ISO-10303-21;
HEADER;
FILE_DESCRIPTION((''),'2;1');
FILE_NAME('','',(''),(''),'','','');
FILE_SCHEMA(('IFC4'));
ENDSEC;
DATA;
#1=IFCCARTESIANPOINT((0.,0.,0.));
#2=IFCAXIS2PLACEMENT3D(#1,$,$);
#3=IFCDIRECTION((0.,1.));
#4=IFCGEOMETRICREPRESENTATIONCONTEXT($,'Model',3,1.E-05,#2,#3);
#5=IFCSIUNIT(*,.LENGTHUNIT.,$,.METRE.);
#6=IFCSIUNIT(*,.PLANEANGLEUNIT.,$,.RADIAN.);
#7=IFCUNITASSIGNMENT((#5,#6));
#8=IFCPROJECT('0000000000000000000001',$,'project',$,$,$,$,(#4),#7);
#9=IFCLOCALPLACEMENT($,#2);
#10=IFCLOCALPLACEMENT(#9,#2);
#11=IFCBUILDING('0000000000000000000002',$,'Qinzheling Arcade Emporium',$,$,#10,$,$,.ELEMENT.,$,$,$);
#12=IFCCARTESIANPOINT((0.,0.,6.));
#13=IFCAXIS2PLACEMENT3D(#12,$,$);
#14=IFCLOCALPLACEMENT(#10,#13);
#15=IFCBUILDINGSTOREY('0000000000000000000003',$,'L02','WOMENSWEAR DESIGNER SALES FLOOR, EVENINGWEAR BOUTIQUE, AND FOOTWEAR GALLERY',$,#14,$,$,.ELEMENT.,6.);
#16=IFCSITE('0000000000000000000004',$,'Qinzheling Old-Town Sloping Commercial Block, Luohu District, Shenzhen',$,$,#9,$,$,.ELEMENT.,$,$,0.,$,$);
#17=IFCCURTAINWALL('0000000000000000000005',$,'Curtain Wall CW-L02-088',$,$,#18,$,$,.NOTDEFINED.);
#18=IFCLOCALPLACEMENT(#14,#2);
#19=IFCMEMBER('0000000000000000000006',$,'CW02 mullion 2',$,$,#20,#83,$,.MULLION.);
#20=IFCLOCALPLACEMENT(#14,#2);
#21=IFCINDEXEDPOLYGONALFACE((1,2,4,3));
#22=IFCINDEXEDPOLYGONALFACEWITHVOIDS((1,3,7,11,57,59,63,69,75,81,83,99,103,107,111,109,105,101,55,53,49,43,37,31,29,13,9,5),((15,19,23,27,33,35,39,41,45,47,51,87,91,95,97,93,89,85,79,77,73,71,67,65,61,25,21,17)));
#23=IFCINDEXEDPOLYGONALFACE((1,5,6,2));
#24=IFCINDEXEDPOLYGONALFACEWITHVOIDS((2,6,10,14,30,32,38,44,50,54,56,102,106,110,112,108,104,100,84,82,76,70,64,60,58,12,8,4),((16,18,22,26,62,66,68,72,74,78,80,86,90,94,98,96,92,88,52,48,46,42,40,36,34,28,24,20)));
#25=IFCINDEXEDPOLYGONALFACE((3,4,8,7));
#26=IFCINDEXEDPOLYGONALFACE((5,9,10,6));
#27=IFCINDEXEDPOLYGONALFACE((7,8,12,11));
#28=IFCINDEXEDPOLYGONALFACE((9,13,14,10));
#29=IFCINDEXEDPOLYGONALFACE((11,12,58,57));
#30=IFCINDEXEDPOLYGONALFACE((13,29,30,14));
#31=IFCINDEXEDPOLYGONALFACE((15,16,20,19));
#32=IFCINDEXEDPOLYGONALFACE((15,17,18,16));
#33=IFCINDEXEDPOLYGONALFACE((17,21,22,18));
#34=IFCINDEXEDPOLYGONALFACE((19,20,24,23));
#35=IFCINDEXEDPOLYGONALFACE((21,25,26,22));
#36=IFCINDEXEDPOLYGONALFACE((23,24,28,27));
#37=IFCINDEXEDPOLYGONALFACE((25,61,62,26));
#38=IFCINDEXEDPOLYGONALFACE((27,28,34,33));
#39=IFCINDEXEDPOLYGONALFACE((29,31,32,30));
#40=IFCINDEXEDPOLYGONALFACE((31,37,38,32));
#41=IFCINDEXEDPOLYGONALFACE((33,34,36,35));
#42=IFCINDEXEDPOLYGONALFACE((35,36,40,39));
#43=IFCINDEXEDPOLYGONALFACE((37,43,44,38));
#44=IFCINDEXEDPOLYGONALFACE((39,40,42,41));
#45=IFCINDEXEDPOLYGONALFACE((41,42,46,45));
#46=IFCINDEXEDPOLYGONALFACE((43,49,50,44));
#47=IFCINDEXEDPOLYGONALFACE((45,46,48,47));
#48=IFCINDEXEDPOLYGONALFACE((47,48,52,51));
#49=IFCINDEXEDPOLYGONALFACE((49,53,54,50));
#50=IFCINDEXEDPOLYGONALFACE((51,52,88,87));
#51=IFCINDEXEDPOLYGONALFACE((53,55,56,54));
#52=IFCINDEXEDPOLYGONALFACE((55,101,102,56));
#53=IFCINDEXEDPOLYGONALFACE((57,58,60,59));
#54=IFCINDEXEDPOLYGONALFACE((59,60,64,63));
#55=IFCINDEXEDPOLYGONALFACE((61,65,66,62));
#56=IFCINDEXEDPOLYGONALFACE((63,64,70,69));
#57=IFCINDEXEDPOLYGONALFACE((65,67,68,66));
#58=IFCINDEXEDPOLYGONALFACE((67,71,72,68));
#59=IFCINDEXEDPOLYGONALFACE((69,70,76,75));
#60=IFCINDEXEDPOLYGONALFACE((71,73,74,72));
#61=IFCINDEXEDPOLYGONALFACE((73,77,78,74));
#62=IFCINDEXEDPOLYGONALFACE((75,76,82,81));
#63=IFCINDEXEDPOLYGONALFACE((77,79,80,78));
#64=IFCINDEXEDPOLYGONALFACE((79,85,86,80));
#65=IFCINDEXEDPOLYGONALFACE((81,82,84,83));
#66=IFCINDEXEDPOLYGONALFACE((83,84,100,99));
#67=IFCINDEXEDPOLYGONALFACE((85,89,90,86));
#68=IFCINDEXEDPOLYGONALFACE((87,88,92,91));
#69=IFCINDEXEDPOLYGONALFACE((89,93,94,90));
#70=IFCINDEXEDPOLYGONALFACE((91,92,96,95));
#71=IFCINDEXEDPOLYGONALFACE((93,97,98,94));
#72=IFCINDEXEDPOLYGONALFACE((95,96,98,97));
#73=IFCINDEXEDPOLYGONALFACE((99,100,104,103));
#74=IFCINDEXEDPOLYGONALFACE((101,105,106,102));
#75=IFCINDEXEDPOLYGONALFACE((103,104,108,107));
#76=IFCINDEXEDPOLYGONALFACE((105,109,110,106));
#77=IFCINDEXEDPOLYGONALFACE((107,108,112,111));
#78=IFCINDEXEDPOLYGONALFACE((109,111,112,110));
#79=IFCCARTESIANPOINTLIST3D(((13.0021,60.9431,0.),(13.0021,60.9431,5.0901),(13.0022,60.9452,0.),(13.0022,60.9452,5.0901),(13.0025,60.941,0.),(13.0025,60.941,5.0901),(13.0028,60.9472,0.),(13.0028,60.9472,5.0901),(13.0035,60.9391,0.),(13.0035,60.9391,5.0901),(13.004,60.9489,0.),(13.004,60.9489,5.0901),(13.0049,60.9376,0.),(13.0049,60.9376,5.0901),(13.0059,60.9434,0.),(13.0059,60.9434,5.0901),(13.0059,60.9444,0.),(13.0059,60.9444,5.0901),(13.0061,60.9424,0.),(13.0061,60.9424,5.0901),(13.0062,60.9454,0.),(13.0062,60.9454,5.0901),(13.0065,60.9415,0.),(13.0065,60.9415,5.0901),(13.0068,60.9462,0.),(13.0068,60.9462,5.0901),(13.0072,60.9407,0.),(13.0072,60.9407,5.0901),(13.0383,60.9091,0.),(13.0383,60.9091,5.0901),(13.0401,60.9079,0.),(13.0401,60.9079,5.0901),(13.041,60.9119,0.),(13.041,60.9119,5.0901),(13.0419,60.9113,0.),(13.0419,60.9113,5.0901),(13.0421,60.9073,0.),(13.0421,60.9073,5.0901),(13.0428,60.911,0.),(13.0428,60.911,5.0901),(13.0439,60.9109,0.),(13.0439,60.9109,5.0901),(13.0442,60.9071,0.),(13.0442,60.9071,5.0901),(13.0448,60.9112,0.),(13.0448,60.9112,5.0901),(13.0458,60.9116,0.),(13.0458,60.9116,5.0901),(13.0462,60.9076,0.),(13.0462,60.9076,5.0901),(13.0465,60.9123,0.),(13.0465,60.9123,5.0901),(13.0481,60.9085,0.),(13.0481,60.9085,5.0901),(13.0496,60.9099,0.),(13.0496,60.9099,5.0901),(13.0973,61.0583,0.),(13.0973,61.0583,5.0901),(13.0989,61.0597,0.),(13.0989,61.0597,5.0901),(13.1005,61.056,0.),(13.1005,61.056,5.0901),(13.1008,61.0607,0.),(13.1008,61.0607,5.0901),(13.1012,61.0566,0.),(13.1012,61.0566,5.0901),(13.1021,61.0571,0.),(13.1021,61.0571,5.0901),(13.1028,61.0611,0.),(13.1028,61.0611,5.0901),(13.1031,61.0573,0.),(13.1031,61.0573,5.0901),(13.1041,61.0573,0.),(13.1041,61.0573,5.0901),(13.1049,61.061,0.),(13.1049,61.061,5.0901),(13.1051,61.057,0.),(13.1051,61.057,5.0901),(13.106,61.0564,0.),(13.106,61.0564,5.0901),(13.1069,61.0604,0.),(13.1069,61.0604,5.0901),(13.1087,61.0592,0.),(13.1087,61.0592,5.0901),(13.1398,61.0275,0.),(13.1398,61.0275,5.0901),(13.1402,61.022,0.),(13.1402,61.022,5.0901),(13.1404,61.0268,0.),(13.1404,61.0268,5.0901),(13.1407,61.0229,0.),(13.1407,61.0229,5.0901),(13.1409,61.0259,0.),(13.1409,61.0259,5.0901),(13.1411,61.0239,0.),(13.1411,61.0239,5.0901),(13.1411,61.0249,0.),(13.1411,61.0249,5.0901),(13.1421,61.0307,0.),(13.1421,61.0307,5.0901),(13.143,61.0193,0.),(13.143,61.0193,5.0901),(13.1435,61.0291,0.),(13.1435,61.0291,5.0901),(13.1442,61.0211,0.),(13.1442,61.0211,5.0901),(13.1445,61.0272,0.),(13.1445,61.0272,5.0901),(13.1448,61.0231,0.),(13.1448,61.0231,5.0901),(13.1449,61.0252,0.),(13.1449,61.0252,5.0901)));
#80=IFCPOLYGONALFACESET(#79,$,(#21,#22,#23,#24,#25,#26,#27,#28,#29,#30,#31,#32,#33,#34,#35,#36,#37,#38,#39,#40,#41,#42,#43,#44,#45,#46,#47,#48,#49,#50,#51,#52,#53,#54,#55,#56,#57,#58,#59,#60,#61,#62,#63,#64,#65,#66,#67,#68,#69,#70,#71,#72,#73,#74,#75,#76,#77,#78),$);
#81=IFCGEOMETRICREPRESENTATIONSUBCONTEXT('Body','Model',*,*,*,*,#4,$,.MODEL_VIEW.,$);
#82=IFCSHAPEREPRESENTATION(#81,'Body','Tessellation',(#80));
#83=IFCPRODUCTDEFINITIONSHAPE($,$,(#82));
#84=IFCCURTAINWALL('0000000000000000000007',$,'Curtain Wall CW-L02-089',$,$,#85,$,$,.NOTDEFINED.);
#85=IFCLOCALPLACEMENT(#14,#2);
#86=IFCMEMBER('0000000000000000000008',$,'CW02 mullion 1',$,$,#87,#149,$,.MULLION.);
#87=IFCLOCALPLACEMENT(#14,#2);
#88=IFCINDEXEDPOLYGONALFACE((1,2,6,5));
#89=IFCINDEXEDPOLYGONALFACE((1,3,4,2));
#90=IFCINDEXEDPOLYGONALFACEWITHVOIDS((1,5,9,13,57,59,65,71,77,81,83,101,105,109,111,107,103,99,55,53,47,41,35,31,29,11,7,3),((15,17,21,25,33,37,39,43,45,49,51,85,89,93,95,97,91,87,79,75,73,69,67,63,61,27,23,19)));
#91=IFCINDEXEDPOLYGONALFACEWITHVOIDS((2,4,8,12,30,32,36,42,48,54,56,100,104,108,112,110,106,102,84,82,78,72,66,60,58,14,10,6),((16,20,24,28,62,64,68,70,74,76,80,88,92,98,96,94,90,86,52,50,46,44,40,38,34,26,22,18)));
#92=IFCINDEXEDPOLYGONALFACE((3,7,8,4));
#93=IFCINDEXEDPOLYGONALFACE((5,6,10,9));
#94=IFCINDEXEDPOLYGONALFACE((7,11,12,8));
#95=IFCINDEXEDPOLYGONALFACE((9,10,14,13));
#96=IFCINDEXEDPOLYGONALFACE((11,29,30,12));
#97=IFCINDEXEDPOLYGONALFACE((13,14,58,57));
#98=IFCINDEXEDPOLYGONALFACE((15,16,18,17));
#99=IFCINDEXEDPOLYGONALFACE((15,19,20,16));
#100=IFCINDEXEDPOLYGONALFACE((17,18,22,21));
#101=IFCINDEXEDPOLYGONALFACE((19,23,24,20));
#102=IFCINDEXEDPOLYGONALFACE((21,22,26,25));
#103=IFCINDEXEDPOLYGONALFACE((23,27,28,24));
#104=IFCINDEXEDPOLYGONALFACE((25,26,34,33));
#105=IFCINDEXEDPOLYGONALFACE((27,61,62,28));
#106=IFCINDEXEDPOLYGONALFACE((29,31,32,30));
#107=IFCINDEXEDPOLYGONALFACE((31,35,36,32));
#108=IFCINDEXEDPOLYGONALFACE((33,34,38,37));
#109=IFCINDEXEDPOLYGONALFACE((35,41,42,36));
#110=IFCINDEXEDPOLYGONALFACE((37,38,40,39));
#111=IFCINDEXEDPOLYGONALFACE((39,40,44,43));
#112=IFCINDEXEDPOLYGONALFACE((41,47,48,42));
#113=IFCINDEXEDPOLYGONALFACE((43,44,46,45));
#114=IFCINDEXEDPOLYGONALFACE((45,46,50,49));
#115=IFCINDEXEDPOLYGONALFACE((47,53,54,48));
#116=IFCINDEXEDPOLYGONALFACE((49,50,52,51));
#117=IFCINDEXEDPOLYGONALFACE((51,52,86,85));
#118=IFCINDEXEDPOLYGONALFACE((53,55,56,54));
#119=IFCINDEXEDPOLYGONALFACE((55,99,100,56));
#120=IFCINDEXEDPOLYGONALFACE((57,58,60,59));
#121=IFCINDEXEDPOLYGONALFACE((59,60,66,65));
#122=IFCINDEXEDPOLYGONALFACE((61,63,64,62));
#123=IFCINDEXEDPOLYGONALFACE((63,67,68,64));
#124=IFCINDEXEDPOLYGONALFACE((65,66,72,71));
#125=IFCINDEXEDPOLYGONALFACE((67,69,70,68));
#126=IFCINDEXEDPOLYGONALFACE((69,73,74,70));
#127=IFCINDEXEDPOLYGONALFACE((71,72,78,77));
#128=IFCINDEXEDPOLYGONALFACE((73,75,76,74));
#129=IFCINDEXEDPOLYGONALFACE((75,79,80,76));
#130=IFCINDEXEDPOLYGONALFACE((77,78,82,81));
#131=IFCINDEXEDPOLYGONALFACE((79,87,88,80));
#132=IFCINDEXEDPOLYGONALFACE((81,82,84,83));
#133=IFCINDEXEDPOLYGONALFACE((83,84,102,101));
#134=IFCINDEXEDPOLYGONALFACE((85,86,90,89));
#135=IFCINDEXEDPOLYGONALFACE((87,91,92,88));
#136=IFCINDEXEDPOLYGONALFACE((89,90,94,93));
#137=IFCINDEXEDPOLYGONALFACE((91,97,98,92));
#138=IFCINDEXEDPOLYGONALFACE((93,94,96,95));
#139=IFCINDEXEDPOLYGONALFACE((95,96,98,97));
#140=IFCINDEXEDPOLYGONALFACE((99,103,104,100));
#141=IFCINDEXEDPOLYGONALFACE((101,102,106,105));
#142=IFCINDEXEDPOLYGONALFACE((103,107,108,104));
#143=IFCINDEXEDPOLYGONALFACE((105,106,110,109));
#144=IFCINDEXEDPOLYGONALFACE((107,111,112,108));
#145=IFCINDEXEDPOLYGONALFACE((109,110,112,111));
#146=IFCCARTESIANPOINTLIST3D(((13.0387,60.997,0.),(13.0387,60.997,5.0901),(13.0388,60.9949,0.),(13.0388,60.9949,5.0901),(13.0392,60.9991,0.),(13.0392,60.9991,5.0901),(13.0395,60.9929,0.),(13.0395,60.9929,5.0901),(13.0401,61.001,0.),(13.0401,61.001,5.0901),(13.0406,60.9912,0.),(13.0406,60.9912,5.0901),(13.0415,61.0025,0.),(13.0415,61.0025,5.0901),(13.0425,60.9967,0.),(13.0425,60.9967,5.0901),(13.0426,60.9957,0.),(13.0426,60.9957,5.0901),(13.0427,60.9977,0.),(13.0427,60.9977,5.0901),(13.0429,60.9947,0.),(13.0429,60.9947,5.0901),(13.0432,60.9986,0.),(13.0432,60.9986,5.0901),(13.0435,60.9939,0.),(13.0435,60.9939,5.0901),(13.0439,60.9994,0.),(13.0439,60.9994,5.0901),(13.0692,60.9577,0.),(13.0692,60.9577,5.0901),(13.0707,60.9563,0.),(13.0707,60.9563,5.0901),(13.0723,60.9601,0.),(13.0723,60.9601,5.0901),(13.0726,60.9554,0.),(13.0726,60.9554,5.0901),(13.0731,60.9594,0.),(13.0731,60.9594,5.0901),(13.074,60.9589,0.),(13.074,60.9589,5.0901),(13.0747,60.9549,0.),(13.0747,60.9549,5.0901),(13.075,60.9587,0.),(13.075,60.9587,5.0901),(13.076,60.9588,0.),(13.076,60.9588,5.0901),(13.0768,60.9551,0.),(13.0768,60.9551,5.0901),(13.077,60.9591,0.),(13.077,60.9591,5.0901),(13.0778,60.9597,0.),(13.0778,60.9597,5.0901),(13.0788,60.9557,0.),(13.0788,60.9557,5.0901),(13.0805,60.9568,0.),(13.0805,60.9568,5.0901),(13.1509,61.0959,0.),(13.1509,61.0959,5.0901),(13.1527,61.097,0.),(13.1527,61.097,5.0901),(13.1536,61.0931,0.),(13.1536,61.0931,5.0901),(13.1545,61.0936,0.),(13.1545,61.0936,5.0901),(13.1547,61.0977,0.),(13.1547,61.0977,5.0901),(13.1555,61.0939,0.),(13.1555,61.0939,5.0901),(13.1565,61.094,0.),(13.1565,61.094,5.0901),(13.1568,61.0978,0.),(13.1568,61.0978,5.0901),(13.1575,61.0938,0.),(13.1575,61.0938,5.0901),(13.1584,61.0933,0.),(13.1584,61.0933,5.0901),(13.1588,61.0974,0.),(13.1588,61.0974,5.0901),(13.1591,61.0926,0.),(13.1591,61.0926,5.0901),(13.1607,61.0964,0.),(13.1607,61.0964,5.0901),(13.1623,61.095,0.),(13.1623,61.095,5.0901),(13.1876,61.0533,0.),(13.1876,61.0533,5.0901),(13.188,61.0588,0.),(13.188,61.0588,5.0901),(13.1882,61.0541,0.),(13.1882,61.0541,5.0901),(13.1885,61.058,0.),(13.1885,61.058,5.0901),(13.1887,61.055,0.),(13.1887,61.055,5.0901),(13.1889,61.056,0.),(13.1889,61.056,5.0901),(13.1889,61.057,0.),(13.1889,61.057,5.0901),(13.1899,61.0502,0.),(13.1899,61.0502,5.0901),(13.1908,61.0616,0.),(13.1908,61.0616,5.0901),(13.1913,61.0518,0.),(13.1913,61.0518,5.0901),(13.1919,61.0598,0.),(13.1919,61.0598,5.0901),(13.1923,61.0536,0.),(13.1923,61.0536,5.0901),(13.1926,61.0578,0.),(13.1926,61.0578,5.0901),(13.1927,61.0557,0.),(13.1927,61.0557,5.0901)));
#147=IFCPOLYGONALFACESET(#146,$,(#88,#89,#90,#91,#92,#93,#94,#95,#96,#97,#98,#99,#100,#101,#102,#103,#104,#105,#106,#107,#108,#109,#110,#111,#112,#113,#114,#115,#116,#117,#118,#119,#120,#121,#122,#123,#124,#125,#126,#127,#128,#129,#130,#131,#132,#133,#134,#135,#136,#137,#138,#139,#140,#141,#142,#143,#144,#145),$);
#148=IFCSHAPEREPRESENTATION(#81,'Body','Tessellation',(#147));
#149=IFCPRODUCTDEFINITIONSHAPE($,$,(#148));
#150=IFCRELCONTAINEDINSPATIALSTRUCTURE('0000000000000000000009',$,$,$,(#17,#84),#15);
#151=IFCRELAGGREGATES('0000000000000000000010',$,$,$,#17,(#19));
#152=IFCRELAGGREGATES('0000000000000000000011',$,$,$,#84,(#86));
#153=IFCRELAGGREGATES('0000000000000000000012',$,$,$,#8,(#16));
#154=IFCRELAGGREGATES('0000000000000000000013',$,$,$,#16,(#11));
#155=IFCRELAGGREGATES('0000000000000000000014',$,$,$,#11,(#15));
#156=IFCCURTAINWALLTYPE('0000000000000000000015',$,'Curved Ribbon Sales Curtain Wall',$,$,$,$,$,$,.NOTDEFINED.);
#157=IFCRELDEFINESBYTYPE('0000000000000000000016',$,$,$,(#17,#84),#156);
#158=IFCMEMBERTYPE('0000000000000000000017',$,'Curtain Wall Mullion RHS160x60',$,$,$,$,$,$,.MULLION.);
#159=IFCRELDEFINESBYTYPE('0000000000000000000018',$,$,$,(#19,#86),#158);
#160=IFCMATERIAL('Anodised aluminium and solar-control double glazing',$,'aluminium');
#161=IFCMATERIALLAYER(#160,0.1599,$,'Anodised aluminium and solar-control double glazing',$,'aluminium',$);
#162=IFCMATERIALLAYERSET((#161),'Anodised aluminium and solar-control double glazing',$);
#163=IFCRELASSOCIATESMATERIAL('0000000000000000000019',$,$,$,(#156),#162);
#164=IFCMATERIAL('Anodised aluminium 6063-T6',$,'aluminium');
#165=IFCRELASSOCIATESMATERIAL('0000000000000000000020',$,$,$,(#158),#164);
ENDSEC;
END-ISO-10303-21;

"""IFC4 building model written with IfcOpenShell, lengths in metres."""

from ifc_helpers import new_model, si_unit, direction, frame, origin, origin_2d, place, context, subcontext, project, spatial, hollow_rectangle, extrude, material, layer, layer_set, material_profile, profile_set, type_object, element, aggregate, save


model = new_model("IFC4")

# Units and contexts
model_context = context("Model", 3, precision=1e-05, world=origin(), true_north=direction((0.0, 1.0)))
body_context = subcontext(model_context, "Body", "Model", "MODEL_VIEW")
ifc_project = project(units=[si_unit("LENGTHUNIT", "METRE"), si_unit("PLANEANGLEUNIT", "RADIAN")], contexts=[model_context])

# Site, building, storey
site_placement = place(None, origin())
site = spatial("IfcSite", under=ifc_project, at=site_placement, Name="Qinzheling Old-Town Sloping Commercial Block, Luohu District, Shenzhen", CompositionType="ELEMENT", RefElevation=0.0)
building_placement = place(site_placement, origin())
building = spatial("IfcBuilding", under=site, at=building_placement, Name="Qinzheling Arcade Emporium", CompositionType="ELEMENT")
storey_placement = place(building_placement, frame((0.0, 0.0, 6.0)))
storey = spatial("IfcBuildingStorey", under=building, at=storey_placement, Name="L02", Description="WOMENSWEAR DESIGNER SALES FLOOR, EVENINGWEAR BOUTIQUE, AND FOOTWEAR GALLERY", CompositionType="ELEMENT", Elevation=6.0)

# Shared definitions
ifc_material_1 = material(Name="Anodised aluminium and solar-control double glazing", Category="aluminium")
ifc_layer_1 = layer(ifc_material_1, 0.1599, Name="Anodised aluminium and solar-control double glazing", Category="aluminium")
ifc_layer_set_1 = layer_set([ifc_layer_1], Name="Anodised aluminium and solar-control double glazing")
curtain_wall_type = type_object("IfcCurtainWallType", Name="Curved Ribbon Sales Curtain Wall", PredefinedType="NOTDEFINED", material=ifc_layer_set_1)
ifc_material_2 = material(Name="Anodised aluminium 6063-T6", Category="aluminium")
ifc_material_profile_1 = material_profile(ifc_material_2, hollow_rectangle(XDim=0.0601, YDim=0.1599, WallThickness=0.0039, InnerFilletRadius=0.0039, OuterFilletRadius=0.0081, at=origin_2d()), Name="RHS 160x60x4", Category="aluminium")
ifc_profile_set_1 = profile_set([ifc_material_profile_1], Name="Anodised aluminium 6063-T6")
member_type_1 = type_object("IfcMemberType", Name="Curtain Wall Mullion RHS160x60", PredefinedType="MULLION", material=ifc_profile_set_1)

# Curtain wall, member
curtain_wall_1_placement = place(storey_placement, origin())
curtain_wall_1 = element("IfcCurtainWall", 1, at=curtain_wall_1_placement, inside=storey, type_object=curtain_wall_type, Name="Curtain Wall CW-L02-088", PredefinedType="NOTDEFINED")
member_1_placement = place(storey_placement, frame((13.0735, 60.9841, 0.0), z_axis=(0.0, 0.0, 1.0), x_axis=(-0.760575, 0.64925, 0.0)))
member_1 = element("IfcMember", 2, at=member_1_placement, type_object=member_type_1, Name="CW02 mullion 2", PredefinedType="MULLION", context=body_context, shape_type="SweptSolid", body=[
    extrude(hollow_rectangle(XDim=0.0601, YDim=0.1599, WallThickness=0.0039, InnerFilletRadius=0.0039, OuterFilletRadius=0.0081, at=origin_2d()), origin(), (0.0, 0.0, 1.0), 5.0901),
])

# Curtain wall, member
curtain_wall_2_placement = place(storey_placement, origin())
curtain_wall_2 = element("IfcCurtainWall", 3, at=curtain_wall_2_placement, inside=storey, type_object=curtain_wall_type, Name="Curtain Wall CW-L02-089", PredefinedType="NOTDEFINED")
member_2_placement = place(storey_placement, frame((13.1157, 61.0264, 0.0), z_axis=(0.0, 0.0, 1.0), x_axis=(-0.64925, 0.760575, 0.0)))
member_2 = element("IfcMember", 4, at=member_2_placement, type_object=member_type_1, Name="CW02 mullion 1", PredefinedType="MULLION", context=body_context, shape_type="SweptSolid", body=[
    extrude(hollow_rectangle(XDim=0.0601, YDim=0.1599, WallThickness=0.0039, InnerFilletRadius=0.0039, OuterFilletRadius=0.0081, at=origin_2d()), origin(), (0.0, 0.0, 1.0), 5.0901),
])

aggregate(curtain_wall_1, [member_1])
aggregate(curtain_wall_2, [member_2])

save(model, "model.ifc")
